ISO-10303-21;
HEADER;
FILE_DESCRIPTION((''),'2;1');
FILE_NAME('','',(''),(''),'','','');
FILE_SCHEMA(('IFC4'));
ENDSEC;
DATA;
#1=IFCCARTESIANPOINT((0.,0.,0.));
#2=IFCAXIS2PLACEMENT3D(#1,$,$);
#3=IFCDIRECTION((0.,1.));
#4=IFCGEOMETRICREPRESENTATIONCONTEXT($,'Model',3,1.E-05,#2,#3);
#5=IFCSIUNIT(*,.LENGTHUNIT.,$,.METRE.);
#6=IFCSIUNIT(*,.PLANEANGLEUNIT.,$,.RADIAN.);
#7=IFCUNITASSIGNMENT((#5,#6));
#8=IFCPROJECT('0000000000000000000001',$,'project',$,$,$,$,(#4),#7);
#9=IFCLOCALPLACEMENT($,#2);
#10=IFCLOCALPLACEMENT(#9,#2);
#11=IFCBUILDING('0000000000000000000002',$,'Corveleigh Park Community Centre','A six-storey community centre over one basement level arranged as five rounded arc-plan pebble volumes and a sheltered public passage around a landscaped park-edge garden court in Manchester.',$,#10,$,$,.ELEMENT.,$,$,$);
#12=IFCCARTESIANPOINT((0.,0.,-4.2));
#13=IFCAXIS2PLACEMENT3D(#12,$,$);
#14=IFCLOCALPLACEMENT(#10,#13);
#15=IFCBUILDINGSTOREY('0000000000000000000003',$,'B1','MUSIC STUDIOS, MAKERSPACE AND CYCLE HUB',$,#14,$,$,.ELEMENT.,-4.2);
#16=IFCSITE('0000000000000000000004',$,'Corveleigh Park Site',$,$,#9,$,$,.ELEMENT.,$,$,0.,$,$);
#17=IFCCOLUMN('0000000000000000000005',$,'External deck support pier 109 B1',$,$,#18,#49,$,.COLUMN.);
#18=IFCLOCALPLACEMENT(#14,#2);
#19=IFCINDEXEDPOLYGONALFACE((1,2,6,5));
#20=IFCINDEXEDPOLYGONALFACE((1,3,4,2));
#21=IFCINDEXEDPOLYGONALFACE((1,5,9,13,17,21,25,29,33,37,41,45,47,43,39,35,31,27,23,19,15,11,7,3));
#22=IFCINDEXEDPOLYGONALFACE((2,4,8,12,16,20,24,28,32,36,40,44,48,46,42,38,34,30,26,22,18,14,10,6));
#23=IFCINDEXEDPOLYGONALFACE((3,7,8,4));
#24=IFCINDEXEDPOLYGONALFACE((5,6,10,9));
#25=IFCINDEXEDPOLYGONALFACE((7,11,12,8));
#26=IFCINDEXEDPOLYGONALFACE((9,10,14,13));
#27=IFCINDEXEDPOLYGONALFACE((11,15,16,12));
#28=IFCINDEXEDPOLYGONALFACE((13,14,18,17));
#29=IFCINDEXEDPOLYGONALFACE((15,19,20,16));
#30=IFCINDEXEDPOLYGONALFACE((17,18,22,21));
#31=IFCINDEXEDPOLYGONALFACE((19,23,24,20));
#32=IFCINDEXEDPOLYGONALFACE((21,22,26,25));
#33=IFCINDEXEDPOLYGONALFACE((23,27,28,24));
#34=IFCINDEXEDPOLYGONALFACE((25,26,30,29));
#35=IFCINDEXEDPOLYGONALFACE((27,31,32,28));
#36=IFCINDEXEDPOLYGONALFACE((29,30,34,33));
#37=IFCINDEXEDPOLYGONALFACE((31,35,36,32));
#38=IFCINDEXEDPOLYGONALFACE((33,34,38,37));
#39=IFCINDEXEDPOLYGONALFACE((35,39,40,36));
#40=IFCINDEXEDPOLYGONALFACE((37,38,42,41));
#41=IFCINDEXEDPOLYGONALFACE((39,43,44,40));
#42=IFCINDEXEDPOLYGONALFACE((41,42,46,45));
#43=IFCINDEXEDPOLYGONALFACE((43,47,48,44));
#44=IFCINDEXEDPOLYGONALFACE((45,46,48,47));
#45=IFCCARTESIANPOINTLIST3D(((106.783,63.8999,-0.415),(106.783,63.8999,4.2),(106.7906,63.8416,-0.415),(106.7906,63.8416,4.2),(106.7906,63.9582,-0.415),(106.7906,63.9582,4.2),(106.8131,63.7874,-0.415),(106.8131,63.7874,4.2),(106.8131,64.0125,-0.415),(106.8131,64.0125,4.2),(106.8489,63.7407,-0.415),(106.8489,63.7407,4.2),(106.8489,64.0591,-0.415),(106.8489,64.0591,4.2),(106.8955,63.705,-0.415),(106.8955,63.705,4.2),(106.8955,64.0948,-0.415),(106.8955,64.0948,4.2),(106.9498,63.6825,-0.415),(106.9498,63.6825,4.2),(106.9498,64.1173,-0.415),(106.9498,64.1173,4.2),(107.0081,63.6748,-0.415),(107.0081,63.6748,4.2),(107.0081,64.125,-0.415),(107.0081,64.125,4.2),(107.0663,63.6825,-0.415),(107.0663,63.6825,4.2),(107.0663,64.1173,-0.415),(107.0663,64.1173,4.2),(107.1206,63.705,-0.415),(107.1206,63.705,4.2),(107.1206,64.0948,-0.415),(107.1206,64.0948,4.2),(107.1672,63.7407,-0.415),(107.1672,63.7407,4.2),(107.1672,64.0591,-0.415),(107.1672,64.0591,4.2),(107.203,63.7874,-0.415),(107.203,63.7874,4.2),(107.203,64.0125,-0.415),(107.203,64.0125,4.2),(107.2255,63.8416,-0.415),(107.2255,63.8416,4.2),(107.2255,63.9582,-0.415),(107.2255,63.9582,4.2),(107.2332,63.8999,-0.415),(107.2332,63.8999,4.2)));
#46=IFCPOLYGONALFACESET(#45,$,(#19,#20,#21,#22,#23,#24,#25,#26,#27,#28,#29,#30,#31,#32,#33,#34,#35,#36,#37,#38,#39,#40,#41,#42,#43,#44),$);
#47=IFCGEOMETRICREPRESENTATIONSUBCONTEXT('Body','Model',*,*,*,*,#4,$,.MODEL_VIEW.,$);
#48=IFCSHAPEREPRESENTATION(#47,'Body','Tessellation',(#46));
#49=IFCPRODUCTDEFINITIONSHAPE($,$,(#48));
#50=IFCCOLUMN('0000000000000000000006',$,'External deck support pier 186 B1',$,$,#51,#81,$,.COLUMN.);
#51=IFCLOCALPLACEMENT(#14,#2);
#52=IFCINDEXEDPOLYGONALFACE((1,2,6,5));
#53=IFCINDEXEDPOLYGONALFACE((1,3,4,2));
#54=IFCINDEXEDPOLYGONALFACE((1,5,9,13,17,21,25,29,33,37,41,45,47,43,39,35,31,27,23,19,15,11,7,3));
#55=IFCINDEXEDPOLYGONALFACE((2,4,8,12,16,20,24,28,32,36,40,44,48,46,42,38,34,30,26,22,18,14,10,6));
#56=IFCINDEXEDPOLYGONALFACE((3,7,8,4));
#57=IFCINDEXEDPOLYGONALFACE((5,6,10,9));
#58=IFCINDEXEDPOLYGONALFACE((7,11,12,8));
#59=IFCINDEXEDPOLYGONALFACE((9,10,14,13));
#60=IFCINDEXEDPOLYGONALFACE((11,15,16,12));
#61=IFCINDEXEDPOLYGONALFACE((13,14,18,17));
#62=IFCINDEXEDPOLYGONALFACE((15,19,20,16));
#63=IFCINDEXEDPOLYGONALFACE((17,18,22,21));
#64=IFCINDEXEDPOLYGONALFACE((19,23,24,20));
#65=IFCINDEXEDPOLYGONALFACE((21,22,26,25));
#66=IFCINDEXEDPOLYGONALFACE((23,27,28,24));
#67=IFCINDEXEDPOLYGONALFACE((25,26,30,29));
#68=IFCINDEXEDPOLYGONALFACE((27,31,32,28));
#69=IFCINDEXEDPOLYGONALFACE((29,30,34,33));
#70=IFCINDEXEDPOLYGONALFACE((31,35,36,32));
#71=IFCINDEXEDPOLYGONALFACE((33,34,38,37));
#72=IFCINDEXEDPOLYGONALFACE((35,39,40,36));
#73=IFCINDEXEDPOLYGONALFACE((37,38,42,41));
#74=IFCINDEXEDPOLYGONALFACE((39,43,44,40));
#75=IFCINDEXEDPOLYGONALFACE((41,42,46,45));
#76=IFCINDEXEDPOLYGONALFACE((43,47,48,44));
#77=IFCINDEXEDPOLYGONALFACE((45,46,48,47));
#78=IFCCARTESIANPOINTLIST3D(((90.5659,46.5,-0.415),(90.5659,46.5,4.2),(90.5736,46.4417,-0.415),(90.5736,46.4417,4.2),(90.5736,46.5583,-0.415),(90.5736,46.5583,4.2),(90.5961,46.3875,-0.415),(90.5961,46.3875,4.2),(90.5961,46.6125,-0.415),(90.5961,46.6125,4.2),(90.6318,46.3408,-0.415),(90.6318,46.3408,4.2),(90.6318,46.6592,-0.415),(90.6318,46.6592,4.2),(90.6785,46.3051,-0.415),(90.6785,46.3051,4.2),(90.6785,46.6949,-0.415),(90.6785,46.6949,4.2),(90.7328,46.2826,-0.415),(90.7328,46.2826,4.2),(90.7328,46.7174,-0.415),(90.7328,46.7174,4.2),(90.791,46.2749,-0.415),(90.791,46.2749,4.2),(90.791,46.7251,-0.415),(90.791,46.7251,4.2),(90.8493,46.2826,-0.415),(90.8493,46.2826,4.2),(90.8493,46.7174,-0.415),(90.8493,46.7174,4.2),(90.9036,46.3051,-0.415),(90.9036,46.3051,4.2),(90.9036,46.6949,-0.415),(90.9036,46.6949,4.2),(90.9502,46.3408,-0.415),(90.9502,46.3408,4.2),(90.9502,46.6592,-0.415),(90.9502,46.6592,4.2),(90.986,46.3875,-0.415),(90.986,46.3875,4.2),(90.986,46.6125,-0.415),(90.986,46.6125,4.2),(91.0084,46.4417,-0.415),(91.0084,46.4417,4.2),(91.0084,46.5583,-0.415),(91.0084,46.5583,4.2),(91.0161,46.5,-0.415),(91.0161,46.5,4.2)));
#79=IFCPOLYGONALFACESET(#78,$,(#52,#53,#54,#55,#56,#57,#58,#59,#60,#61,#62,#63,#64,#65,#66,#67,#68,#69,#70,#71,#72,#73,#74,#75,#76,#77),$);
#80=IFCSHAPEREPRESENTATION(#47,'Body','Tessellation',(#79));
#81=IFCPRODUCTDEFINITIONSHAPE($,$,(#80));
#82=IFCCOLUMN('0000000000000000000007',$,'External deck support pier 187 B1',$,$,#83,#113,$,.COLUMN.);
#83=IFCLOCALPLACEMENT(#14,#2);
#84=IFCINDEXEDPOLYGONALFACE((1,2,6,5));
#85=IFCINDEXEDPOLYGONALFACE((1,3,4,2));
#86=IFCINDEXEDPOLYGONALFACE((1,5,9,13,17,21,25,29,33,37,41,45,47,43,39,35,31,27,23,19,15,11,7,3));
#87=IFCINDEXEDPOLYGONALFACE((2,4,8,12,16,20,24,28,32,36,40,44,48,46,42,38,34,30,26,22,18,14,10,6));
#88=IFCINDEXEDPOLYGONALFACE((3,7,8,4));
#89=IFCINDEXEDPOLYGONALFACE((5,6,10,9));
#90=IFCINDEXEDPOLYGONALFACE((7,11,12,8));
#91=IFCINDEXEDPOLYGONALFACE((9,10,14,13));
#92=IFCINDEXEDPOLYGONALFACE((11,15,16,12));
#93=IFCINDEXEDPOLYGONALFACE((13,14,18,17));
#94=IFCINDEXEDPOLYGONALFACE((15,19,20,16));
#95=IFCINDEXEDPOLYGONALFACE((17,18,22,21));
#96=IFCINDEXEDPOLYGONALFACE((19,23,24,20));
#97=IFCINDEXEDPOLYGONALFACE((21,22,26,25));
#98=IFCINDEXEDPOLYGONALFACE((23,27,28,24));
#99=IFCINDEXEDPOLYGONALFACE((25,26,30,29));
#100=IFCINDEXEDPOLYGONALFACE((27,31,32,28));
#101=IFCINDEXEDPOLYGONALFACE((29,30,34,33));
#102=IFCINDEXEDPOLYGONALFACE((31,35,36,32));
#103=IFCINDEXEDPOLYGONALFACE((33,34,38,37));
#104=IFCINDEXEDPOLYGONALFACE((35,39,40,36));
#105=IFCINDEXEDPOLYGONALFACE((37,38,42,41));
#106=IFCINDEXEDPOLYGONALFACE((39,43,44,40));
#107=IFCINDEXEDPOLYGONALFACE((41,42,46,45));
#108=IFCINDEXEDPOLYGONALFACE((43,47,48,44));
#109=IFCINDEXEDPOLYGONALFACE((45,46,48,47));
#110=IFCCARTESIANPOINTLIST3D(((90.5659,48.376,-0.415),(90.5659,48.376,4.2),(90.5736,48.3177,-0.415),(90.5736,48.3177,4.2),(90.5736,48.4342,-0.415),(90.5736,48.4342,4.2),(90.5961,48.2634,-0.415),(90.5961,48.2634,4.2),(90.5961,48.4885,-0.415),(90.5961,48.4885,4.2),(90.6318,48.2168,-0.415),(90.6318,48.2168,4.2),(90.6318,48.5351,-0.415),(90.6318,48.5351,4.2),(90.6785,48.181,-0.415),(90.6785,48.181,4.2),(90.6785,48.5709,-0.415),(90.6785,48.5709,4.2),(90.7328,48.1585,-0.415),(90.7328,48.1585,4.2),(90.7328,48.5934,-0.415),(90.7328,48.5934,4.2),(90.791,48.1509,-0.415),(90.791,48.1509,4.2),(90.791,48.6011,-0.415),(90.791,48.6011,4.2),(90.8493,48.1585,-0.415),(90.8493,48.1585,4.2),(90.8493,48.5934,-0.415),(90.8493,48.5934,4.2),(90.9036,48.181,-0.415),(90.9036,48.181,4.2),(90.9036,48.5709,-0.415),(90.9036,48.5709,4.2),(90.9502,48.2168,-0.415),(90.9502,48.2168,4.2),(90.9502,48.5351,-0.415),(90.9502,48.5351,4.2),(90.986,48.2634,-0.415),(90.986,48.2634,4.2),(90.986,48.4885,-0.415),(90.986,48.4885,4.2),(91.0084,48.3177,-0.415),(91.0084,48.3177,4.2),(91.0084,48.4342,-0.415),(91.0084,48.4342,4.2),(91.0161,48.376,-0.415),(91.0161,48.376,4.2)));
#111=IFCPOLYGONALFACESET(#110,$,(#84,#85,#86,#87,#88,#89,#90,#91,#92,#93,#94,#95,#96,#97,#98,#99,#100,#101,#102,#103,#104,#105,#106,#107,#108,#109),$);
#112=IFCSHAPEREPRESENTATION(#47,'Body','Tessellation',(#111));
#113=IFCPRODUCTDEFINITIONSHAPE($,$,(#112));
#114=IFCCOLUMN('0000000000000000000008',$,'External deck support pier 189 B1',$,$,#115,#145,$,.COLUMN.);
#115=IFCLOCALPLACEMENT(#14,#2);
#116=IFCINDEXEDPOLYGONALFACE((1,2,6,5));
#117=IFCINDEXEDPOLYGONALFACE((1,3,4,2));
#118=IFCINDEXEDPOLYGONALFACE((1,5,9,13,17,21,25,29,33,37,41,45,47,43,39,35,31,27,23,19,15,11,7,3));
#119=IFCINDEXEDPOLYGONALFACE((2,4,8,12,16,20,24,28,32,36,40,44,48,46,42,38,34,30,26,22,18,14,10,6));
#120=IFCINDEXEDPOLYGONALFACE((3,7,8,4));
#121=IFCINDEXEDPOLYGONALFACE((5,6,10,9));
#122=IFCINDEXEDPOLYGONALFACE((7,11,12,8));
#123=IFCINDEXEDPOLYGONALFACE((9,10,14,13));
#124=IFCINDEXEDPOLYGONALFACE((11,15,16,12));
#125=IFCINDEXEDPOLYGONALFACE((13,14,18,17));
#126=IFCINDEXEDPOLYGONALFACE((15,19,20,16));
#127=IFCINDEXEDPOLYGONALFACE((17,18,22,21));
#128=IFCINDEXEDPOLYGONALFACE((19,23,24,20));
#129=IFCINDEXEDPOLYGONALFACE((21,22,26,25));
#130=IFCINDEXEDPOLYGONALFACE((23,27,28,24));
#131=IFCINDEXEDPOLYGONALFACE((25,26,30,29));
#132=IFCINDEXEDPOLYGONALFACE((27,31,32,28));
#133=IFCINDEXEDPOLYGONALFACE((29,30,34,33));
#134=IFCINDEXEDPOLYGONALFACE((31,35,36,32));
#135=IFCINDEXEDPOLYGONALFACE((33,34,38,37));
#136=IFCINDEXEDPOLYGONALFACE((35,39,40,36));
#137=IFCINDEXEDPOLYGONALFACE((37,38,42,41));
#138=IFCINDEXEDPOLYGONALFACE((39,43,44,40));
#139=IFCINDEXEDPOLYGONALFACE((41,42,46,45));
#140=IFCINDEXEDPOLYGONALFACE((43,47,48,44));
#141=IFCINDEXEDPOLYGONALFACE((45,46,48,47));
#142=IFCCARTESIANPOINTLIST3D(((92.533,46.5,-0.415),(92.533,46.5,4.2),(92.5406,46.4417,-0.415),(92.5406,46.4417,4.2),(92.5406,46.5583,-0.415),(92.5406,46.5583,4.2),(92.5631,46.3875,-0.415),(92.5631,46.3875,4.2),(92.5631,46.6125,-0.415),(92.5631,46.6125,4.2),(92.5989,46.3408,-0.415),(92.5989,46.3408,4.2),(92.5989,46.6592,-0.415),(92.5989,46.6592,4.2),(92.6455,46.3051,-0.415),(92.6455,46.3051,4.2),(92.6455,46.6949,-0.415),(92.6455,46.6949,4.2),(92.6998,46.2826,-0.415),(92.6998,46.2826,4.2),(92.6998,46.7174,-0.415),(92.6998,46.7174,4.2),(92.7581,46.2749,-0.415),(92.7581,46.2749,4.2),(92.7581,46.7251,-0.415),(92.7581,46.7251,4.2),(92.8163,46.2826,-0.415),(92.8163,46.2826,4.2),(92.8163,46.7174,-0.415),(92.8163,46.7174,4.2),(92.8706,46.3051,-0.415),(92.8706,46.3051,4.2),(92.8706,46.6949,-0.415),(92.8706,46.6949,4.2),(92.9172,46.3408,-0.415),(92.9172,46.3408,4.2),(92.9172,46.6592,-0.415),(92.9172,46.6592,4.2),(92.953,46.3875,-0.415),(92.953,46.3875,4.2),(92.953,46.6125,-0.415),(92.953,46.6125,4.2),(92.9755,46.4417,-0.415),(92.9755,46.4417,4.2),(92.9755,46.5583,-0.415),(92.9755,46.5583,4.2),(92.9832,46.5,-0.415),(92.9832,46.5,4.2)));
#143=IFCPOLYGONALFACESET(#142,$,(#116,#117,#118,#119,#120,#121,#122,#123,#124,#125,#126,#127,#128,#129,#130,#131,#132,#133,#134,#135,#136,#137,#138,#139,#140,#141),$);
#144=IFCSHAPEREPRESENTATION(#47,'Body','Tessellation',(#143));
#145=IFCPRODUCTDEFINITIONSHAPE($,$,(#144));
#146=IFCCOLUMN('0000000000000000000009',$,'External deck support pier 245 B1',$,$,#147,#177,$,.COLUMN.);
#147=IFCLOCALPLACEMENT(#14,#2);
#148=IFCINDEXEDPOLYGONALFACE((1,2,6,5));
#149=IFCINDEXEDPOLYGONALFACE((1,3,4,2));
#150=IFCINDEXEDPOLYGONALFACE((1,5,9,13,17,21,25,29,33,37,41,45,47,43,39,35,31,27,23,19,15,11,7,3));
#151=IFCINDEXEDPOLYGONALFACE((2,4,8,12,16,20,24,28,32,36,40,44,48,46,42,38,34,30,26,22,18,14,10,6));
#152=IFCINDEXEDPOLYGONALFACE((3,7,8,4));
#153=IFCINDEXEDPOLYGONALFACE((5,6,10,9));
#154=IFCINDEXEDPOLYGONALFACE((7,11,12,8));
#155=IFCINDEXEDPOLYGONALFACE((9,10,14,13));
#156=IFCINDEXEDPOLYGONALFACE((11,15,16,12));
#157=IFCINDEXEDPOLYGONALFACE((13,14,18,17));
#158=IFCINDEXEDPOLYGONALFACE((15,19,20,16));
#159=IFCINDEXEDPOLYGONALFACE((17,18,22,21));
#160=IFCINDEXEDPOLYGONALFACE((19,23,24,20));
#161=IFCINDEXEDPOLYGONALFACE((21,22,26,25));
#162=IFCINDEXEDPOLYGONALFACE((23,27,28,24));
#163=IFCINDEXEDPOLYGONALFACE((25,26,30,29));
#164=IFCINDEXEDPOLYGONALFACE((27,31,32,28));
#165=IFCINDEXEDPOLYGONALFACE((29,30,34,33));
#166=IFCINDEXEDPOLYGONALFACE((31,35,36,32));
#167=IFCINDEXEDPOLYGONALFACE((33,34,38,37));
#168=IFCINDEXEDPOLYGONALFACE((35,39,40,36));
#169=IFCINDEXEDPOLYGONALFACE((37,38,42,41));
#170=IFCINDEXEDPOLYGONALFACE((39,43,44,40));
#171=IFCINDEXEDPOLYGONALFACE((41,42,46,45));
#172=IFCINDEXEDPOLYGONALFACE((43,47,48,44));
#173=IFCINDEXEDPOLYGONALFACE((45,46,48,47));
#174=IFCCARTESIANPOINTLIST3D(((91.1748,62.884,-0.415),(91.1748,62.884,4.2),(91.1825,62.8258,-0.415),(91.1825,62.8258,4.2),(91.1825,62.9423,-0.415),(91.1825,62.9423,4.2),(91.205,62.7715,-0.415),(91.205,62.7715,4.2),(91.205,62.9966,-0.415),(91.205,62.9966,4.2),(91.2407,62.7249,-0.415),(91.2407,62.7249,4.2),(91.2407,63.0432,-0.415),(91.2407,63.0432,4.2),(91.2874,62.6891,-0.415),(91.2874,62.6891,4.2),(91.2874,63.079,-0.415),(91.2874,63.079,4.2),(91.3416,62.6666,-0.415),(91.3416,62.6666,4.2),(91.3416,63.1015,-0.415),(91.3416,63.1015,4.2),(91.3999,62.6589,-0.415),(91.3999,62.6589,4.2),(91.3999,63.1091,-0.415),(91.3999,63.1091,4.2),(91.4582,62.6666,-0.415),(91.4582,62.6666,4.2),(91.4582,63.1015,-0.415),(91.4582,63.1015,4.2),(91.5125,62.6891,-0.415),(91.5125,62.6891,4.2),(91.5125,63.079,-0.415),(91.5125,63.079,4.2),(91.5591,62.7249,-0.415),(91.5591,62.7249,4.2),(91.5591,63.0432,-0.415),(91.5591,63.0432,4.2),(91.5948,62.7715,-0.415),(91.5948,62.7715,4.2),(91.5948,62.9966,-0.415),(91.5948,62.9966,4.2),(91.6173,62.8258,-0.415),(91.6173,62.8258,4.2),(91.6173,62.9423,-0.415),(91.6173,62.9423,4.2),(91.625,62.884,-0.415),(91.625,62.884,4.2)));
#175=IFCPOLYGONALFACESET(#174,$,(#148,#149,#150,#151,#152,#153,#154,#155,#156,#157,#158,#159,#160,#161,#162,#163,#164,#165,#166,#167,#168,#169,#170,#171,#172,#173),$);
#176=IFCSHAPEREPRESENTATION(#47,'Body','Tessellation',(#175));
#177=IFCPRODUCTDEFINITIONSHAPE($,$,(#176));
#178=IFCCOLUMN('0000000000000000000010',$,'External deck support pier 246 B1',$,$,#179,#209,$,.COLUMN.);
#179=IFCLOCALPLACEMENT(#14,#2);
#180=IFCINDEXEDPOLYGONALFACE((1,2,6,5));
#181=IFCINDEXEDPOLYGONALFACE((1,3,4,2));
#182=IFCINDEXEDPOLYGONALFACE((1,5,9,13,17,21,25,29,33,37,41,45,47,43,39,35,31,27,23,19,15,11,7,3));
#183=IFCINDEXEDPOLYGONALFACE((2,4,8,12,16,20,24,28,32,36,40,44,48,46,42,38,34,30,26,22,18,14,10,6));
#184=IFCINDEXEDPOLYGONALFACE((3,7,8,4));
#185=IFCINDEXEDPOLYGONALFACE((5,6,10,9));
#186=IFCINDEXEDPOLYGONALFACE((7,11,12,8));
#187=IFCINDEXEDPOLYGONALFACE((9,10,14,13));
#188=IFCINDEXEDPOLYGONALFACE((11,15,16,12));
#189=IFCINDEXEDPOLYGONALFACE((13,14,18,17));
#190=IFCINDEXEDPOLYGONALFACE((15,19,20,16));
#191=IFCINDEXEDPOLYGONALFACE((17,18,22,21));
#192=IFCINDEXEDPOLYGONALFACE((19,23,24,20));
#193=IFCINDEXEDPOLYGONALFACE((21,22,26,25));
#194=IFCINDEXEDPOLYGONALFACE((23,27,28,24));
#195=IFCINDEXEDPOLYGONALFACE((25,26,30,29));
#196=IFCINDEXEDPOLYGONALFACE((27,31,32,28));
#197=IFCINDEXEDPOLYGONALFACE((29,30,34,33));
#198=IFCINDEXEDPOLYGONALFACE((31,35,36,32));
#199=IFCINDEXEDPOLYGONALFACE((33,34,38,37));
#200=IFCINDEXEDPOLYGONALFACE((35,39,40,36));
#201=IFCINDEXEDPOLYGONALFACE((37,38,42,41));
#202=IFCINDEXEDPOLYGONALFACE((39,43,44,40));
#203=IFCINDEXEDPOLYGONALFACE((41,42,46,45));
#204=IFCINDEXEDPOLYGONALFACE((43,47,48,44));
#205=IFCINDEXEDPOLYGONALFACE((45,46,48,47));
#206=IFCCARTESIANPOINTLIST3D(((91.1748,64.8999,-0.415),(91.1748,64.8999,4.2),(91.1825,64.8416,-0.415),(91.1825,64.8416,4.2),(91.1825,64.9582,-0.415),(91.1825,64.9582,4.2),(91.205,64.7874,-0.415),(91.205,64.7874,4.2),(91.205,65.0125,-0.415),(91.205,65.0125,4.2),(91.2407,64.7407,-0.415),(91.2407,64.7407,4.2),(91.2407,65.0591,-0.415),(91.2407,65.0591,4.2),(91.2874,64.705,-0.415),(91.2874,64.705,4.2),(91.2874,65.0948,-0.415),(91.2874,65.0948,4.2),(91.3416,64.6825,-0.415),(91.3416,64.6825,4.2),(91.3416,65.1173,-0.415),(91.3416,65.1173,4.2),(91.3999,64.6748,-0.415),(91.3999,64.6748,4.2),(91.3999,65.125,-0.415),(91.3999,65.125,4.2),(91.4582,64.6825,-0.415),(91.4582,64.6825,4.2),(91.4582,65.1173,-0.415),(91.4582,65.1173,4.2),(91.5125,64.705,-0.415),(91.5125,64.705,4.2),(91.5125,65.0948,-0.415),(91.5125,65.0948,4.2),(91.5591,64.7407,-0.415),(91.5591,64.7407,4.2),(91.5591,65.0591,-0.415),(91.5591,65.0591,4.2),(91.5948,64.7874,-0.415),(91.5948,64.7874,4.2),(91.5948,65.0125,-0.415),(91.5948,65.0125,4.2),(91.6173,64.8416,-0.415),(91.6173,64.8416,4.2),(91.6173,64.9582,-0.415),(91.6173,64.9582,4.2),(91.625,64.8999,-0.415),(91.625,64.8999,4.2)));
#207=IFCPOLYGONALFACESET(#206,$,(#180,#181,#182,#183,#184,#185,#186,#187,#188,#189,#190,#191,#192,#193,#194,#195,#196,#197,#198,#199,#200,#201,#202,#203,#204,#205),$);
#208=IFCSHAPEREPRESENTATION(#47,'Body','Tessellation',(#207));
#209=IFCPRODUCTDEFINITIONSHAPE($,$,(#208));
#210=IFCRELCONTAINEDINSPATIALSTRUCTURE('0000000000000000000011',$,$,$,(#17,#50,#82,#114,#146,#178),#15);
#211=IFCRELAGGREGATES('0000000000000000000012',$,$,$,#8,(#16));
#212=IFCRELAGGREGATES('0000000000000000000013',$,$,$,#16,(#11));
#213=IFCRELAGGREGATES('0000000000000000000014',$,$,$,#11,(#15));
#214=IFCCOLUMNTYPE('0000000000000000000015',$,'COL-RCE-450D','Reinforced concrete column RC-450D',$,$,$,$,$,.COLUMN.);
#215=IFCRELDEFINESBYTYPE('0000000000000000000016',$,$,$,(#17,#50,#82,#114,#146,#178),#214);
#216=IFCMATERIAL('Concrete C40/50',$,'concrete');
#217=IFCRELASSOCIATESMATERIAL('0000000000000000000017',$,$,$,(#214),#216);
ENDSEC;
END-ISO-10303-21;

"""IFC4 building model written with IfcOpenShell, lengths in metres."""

from ifc_helpers import new_model, si_unit, direction, frame, origin, origin_2d, place, context, subcontext, project, spatial, circle, extrude, material, material_profile, profile_set, type_object, element, save


model = new_model("IFC4")

# Units and contexts
model_context = context("Model", 3, precision=1e-05, world=origin(), true_north=direction((0.0, 1.0)))
body_context = subcontext(model_context, "Body", "Model", "MODEL_VIEW")
ifc_project = project(units=[si_unit("LENGTHUNIT", "METRE"), si_unit("PLANEANGLEUNIT", "RADIAN")], contexts=[model_context])

# Site, building, storey
site_placement = place(None, origin())
site = spatial("IfcSite", under=ifc_project, at=site_placement, Name="Corveleigh Park Site", CompositionType="ELEMENT", RefElevation=0.0)
building_placement = place(site_placement, origin())
building = spatial("IfcBuilding", under=site, at=building_placement, Name="Corveleigh Park Community Centre", Description="A six-storey community centre over one basement level arranged as five rounded arc-plan pebble volumes and a sheltered public passage around a landscaped park-edge garden court in Manchester.", CompositionType="ELEMENT")
storey_placement = place(building_placement, frame((0.0, 0.0, -4.2)))
storey = spatial("IfcBuildingStorey", under=building, at=storey_placement, Name="B1", Description="MUSIC STUDIOS, MAKERSPACE AND CYCLE HUB", CompositionType="ELEMENT", Elevation=-4.2)

# Shared definitions
ifc_material_1 = material(Name="Concrete C40/50", Category="concrete")

# Columns
ifc_material_profile_1 = material_profile(ifc_material_1, circle(Radius=0.2251, at=origin_2d()), Name="RC-450D", Category="concrete")
ifc_profile_set_1 = profile_set([ifc_material_profile_1], Name="Concrete C40/50")
column_type_1 = type_object("IfcColumnType", Name="COL-RCE-450D", Description="Reinforced concrete column RC-450D", PredefinedType="COLUMN", material=ifc_profile_set_1)
for number, where, z_axis, x_axis, name in (
    (1, (107.0081, 63.8999, -0.415), (0.0, 0.0, 1.0), (1.0, 0.0, 0.0), "External deck support pier 109 B1"),
    (2, (90.791, 46.5, -0.415), (0.0, 0.0, 1.0), (1.0, 0.0, 0.0), "External deck support pier 186 B1"),
    (3, (90.791, 48.376, -0.415), (0.0, 0.0, 1.0), (1.0, 0.0, 0.0), "External deck support pier 187 B1"),
    (4, (92.7581, 46.5, -0.415), (0.0, 0.0, 1.0), (1.0, 0.0, 0.0), "External deck support pier 189 B1"),
    (5, (91.3999, 62.884, -0.415), (0.0, 0.0, 1.0), (1.0, 0.0, 0.0), "External deck support pier 245 B1"),
    (6, (91.3999, 64.8999, -0.415), (0.0, 0.0, 1.0), (1.0, 0.0, 0.0), "External deck support pier 246 B1"),
):
    element("IfcColumn", number, at=place(storey_placement, frame(where, z_axis=z_axis, x_axis=x_axis)), inside=storey, type_object=column_type_1, Name=name, PredefinedType="COLUMN", context=body_context, shape_type="SweptSolid", body=[
        extrude(circle(Radius=0.2251, at=origin_2d()), origin(), (0.0, 0.0, 1.0), 4.615),
    ])

save(model, "model.ifc")
